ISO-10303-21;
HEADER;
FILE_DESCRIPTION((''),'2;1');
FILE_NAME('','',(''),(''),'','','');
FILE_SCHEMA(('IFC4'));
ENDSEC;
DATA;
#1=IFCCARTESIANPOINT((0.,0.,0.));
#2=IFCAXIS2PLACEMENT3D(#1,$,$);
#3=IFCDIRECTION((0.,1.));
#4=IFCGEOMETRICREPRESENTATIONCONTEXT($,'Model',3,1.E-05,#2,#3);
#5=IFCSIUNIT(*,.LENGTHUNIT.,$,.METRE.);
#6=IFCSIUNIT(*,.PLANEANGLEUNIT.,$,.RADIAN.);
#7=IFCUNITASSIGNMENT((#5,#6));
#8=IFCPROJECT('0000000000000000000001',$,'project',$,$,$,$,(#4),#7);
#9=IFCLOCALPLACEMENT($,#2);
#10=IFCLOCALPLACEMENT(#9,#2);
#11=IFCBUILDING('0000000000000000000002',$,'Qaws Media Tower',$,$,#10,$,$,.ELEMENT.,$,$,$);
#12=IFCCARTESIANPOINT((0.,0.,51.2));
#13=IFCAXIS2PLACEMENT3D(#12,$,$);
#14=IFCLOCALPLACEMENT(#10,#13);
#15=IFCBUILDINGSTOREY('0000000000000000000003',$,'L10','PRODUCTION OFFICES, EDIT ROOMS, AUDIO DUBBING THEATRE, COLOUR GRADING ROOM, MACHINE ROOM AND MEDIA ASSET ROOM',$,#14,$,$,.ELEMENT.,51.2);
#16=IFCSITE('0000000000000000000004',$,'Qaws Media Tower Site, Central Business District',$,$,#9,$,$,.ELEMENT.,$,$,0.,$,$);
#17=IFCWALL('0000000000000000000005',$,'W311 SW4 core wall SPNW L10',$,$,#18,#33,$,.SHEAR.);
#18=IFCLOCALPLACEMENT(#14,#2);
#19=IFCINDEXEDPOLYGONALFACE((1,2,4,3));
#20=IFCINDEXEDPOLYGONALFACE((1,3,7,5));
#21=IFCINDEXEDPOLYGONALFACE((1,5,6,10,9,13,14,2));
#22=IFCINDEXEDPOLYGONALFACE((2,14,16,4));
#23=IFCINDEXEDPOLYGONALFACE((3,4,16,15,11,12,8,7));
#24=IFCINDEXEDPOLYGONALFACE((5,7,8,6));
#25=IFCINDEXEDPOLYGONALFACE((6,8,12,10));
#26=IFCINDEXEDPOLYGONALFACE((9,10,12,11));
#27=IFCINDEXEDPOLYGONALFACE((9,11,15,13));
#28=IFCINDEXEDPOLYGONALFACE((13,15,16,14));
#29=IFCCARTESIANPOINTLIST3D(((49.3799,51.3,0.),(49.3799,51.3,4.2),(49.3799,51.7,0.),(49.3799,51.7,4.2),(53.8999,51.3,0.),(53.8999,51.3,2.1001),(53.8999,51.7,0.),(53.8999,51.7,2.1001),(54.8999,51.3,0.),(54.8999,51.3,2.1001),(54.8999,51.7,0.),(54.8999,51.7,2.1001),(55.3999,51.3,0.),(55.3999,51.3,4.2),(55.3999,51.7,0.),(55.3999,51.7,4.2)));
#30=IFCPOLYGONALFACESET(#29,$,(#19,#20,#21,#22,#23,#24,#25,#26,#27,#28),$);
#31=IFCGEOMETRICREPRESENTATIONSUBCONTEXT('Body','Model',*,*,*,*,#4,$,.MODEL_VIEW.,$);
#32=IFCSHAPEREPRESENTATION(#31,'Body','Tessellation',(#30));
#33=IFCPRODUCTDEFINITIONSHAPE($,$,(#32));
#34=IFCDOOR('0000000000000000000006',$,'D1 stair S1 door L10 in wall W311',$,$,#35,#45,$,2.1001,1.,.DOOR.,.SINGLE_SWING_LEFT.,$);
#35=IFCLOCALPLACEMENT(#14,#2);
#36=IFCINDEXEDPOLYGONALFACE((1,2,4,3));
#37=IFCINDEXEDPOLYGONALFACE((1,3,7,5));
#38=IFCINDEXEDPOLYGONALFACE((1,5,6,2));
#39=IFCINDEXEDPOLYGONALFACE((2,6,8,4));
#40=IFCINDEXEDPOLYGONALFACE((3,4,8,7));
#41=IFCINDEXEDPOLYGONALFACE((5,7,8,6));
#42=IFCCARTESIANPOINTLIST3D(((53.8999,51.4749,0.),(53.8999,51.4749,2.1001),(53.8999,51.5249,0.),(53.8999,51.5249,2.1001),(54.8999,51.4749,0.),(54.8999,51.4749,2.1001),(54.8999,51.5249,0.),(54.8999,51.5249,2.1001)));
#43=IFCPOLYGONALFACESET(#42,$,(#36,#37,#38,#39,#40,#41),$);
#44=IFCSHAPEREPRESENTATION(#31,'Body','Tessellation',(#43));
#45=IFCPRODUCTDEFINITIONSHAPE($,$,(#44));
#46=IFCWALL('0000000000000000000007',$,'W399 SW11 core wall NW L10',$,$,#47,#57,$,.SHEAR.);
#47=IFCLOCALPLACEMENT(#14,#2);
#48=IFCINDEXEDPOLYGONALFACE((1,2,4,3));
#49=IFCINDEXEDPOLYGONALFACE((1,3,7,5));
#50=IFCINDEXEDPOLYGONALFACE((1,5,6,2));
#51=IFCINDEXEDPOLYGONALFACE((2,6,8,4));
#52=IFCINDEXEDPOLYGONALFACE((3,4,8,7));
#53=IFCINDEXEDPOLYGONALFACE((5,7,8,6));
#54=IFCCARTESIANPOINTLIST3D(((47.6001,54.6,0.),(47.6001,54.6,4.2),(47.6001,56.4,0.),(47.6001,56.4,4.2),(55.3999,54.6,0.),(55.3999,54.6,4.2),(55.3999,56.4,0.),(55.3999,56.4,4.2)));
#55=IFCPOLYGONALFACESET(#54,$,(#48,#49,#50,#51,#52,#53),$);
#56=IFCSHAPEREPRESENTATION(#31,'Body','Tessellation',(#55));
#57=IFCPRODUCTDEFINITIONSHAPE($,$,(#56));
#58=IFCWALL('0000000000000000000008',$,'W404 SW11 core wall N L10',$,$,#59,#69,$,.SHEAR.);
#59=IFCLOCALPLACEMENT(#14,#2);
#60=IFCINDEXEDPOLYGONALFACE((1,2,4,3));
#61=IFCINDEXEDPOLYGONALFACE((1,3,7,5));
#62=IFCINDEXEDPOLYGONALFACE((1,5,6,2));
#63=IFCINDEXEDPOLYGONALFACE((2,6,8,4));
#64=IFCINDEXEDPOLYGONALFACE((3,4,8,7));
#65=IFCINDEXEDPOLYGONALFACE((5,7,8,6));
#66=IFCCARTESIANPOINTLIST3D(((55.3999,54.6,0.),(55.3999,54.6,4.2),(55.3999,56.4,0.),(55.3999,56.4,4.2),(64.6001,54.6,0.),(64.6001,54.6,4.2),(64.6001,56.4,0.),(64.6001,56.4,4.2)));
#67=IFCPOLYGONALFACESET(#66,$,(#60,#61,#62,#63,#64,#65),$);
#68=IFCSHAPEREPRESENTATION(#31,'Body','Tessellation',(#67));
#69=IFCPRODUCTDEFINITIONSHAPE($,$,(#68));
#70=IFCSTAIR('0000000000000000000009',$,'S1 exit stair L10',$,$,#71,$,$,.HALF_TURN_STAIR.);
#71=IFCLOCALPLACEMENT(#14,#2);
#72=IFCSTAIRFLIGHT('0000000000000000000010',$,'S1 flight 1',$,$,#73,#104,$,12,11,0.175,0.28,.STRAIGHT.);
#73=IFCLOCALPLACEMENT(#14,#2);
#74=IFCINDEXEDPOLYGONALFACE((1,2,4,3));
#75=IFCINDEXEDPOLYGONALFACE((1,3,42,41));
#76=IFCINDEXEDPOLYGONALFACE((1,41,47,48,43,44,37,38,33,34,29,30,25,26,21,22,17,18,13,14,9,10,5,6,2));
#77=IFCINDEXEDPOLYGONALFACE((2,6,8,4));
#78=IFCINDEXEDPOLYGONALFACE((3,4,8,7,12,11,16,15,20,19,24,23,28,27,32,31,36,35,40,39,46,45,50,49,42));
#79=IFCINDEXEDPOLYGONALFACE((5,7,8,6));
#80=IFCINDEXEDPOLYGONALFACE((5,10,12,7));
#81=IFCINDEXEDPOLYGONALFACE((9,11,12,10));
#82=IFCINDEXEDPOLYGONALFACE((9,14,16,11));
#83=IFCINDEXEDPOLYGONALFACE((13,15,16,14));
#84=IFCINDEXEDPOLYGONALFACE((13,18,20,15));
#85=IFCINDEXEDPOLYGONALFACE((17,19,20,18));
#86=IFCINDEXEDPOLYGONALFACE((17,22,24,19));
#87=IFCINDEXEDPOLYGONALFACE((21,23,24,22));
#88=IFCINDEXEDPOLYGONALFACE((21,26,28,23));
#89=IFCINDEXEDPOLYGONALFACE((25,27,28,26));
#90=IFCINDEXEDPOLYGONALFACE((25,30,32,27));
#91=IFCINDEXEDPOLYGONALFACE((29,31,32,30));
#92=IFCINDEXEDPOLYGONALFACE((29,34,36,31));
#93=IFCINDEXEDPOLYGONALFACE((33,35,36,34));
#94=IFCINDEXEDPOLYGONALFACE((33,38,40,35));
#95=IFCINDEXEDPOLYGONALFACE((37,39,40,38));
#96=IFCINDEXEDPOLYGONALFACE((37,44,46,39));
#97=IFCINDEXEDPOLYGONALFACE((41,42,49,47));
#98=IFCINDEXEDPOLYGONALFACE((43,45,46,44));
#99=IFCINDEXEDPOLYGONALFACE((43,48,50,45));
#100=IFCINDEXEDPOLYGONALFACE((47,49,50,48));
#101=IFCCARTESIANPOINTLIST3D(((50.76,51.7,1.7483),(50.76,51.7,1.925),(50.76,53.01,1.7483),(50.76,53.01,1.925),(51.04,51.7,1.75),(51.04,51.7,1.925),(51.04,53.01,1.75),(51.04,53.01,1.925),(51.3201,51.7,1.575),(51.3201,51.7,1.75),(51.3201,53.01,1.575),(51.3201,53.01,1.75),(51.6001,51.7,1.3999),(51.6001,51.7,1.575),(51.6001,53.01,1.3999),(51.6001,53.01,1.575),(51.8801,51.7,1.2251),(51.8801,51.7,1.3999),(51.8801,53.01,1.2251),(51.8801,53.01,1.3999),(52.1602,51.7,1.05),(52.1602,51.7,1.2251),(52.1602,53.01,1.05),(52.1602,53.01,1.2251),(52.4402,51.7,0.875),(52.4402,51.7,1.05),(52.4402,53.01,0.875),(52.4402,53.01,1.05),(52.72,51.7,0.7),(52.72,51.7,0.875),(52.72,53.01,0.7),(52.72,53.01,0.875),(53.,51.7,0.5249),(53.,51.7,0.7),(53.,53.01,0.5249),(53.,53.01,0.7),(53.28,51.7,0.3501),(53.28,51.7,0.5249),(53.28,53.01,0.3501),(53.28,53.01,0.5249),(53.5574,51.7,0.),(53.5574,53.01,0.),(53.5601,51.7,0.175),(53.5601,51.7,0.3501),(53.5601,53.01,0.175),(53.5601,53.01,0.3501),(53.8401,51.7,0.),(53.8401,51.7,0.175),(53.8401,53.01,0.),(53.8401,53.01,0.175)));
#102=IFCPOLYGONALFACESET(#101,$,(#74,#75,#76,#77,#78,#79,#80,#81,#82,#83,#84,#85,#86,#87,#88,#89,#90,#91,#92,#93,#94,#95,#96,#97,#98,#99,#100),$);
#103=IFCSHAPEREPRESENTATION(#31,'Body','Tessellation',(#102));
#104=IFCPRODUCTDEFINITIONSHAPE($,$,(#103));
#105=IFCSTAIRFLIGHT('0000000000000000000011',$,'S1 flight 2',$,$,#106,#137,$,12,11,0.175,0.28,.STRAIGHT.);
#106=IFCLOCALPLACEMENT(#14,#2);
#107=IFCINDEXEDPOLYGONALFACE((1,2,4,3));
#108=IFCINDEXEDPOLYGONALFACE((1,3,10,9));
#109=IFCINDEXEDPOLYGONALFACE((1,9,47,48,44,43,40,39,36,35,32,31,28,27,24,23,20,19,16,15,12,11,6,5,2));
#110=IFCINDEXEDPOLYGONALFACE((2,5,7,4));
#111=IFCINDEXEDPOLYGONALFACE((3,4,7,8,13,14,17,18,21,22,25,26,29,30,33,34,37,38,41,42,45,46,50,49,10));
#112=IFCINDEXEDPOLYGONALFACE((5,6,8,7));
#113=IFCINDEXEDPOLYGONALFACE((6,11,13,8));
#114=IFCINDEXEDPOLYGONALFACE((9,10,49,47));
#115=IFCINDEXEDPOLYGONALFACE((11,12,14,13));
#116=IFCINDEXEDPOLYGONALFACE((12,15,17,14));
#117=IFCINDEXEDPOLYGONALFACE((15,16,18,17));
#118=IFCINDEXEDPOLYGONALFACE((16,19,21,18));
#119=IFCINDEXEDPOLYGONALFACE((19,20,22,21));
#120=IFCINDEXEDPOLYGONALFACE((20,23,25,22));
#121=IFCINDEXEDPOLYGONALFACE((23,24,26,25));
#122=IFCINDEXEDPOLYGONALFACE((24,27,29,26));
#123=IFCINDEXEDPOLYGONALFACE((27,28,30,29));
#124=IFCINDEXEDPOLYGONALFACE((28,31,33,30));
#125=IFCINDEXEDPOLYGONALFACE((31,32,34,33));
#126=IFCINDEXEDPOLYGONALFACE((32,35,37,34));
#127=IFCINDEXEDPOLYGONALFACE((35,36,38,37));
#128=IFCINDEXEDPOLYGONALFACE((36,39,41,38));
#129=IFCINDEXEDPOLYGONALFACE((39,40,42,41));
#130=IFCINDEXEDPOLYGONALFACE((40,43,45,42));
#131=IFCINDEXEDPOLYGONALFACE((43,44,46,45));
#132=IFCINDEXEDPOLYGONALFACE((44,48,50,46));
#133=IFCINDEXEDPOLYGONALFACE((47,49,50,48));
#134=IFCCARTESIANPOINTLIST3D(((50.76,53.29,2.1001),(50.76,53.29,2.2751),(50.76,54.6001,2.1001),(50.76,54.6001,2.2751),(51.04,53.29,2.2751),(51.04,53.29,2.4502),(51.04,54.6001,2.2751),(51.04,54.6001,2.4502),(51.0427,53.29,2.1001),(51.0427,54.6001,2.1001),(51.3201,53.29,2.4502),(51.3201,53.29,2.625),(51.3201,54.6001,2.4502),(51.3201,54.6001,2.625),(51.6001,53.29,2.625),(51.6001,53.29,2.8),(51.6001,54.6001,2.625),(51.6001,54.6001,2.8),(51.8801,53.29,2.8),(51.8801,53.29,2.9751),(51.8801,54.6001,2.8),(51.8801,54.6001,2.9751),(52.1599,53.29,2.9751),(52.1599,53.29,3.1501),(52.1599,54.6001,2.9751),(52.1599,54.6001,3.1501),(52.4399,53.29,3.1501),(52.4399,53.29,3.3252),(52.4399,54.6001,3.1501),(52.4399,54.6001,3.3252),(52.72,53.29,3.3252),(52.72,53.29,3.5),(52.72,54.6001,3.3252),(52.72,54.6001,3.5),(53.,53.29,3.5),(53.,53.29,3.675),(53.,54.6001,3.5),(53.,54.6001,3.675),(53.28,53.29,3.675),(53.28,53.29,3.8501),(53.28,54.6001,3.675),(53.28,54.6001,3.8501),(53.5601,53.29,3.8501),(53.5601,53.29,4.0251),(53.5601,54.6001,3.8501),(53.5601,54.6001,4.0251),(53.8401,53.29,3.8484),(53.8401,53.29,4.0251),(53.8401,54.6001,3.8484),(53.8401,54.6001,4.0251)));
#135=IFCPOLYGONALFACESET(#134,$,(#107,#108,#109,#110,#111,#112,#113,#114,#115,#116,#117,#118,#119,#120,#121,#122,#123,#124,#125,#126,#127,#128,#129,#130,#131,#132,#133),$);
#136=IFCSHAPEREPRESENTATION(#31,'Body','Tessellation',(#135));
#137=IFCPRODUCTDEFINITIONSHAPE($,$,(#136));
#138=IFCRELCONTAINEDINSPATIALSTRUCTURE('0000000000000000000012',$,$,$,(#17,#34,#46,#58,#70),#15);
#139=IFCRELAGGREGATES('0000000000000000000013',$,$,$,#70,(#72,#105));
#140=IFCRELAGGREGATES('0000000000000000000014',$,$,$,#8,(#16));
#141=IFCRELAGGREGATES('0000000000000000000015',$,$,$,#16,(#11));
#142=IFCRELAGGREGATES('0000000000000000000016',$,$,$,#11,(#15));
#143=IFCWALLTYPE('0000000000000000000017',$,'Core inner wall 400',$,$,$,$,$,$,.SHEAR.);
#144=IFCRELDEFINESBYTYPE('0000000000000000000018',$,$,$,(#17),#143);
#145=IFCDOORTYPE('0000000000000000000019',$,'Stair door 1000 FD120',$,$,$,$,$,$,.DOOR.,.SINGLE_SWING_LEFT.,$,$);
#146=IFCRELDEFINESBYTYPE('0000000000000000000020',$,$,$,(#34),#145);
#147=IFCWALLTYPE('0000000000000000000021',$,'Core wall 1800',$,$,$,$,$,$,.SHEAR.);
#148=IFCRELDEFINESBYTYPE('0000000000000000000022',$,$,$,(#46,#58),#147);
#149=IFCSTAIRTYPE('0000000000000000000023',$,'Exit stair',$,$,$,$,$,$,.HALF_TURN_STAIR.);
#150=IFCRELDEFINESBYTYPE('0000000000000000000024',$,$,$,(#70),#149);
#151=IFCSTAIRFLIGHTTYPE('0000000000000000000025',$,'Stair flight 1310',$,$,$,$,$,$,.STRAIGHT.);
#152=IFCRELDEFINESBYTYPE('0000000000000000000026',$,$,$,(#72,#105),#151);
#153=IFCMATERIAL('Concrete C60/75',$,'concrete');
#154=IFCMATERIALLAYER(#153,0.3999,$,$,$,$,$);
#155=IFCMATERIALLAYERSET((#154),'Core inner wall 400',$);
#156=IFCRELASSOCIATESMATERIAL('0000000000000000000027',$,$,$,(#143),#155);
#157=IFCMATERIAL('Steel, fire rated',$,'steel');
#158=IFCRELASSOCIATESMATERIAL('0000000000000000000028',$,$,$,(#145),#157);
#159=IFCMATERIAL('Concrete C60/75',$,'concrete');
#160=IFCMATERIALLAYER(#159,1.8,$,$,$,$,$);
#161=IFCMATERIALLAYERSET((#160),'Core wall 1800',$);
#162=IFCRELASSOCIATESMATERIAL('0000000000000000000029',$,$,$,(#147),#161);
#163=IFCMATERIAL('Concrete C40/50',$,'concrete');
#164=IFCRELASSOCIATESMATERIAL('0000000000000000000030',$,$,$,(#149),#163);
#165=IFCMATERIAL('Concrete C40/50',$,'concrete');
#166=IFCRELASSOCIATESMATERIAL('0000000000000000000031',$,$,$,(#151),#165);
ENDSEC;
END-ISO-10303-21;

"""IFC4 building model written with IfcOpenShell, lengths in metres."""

from ifc_helpers import new_model, si_unit, direction, frame, frame_2d, origin, place, context, subcontext, project, spatial, polyline, rectangle, outline, extrude, material, layer, layer_set, type_object, element, fill, aggregate, save


model = new_model("IFC4")

# Units and contexts
model_context = context("Model", 3, precision=1e-05, world=origin(), true_north=direction((0.0, 1.0)))
body_context = subcontext(model_context, "Body", "Model", "MODEL_VIEW")
ifc_project = project(units=[si_unit("LENGTHUNIT", "METRE"), si_unit("PLANEANGLEUNIT", "RADIAN")], contexts=[model_context])

# Site, building, storey
site_placement = place(None, origin())
site = spatial("IfcSite", under=ifc_project, at=site_placement, Name="Qaws Media Tower Site, Central Business District", CompositionType="ELEMENT", RefElevation=0.0)
building_placement = place(site_placement, origin())
building = spatial("IfcBuilding", under=site, at=building_placement, Name="Qaws Media Tower", CompositionType="ELEMENT")
storey_placement = place(building_placement, frame((0.0, 0.0, 51.2)))
storey = spatial("IfcBuildingStorey", under=building, at=storey_placement, Name="L10", Description="PRODUCTION OFFICES, EDIT ROOMS, AUDIO DUBBING THEATRE, COLOUR GRADING ROOM, MACHINE ROOM AND MEDIA ASSET ROOM", CompositionType="ELEMENT", Elevation=51.2)

# Wall, opening, door
ifc_material_1 = material(Name="Concrete C60/75", Category="concrete")
ifc_layer_1 = layer(ifc_material_1, 0.3999)
ifc_layer_set_1 = layer_set([ifc_layer_1], Name="Core inner wall 400")
wall_type_1 = type_object("IfcWallType", Name="Core inner wall 400", PredefinedType="SHEAR", material=ifc_layer_set_1)
wall_1_placement = place(storey_placement, frame((49.3799, 51.5, 0.0), z_axis=(0.0, 0.0, 1.0), x_axis=(1.0, 0.0, 0.0)))
wall_1 = element("IfcWall", 1, at=wall_1_placement, inside=storey, type_object=wall_type_1, Name="W311 SW4 core wall SPNW L10", PredefinedType="SHEAR", context=body_context, shape_type="SweptSolid", body=[
    extrude(rectangle(XDim=6.02, YDim=0.3999, at=frame_2d((3.01, 0.0))), origin(), (0.0, 0.0, 1.0), 4.2),
])
opening_placement = place(wall_1_placement, frame((4.52, 0.0, 0.0)))
opening = element("IfcOpeningElement", 2, at=opening_placement, cuts=wall_1, PredefinedType="OPENING", context=body_context, shape_type="SweptSolid", body=[
    extrude(rectangle(XDim=1.0, YDim=2.1001, at=frame_2d((0.5, 1.05))), frame((0.0, 0.21, 0.0), z_axis=(0.0, -1.0, 0.0), x_axis=(1.0, 0.0, 0.0)), (0.0, 0.0, 1.0), 0.4199),
])
ifc_material_2 = material(Name="Steel, fire rated", Category="steel")
door_type = type_object("IfcDoorType", Name="Stair door 1000 FD120", OperationType="SINGLE_SWING_LEFT", PredefinedType="DOOR", material=ifc_material_2)
door_placement = place(opening_placement, origin())
door = element("IfcDoor", 3, at=door_placement, inside=storey, type_object=door_type, Name="D1 stair S1 door L10 in wall W311", OperationType="SINGLE_SWING_LEFT", OverallHeight=2.1001, OverallWidth=1.0, PredefinedType="DOOR", context=body_context, shape_type="SweptSolid", body=[
    extrude(rectangle(XDim=1.0, YDim=2.1001, at=frame_2d((0.5, 1.05))), frame((0.0, 0.0249, 0.0), z_axis=(0.0, -1.0, 0.0), x_axis=(1.0, 0.0, 0.0)), (0.0, 0.0, 1.0), 0.05),
])
fill(opening, door)

# Walls
ifc_material_3 = material(Name="Concrete C60/75", Category="concrete")
ifc_layer_2 = layer(ifc_material_3, 1.8)
ifc_layer_set_2 = layer_set([ifc_layer_2], Name="Core wall 1800")
wall_type_2 = type_object("IfcWallType", Name="Core wall 1800", PredefinedType="SHEAR", material=ifc_layer_set_2)
wall_2_placement = place(storey_placement, frame((47.6001, 55.5, 0.0), z_axis=(0.0, 0.0, 1.0), x_axis=(1.0, 0.0, 0.0)))
element("IfcWall", 4, at=wall_2_placement, inside=storey, type_object=wall_type_2, Name="W399 SW11 core wall NW L10", PredefinedType="SHEAR", context=body_context, shape_type="SweptSolid", body=[
    extrude(rectangle(XDim=7.7998, YDim=1.8, at=frame_2d((3.8999, 0.0))), origin(), (0.0, 0.0, 1.0), 4.2),
])
wall_3_placement = place(storey_placement, frame((55.3999, 55.5, 0.0), z_axis=(0.0, 0.0, 1.0), x_axis=(1.0, 0.0, 0.0)))
element("IfcWall", 5, at=wall_3_placement, inside=storey, type_object=wall_type_2, Name="W404 SW11 core wall N L10", PredefinedType="SHEAR", context=body_context, shape_type="SweptSolid", body=[
    extrude(rectangle(XDim=9.2002, YDim=1.8, at=frame_2d((4.6001, 0.0))), origin(), (0.0, 0.0, 1.0), 4.2),
])

# Stair, stair flights
ifc_material_4 = material(Name="Concrete C40/50", Category="concrete")
stair_type = type_object("IfcStairType", Name="Exit stair", PredefinedType="HALF_TURN_STAIR", material=ifc_material_4)
stair_placement = place(storey_placement, origin())
stair = element("IfcStair", 6, at=stair_placement, inside=storey, type_object=stair_type, Name="S1 exit stair L10", PredefinedType="HALF_TURN_STAIR")
ifc_material_5 = material(Name="Concrete C40/50", Category="concrete")
stair_flight_type = type_object("IfcStairFlightType", Name="Stair flight 1310", PredefinedType="STRAIGHT", material=ifc_material_5)
stair_flight_1_placement = place(storey_placement, frame((53.8401, 52.355, 0.0), z_axis=(0.0, 0.0, 1.0), x_axis=(-1.0, 0.0, 0.0)))
stair_flight_1 = element("IfcStairFlight", 7, at=stair_flight_1_placement, type_object=stair_flight_type, Name="S1 flight 1", NumberOfRisers=12, NumberOfTreads=11, PredefinedType="STRAIGHT", RiserHeight=0.175, TreadLength=0.28, context=body_context, shape_type="SweptSolid", body=[
    extrude(outline(polyline([(0.0, 0.0), (0.0, 0.175), (0.28, 0.175), (0.28, 0.3501), (0.5601, 0.3501), (0.5601, 0.5249), (0.8401, 0.5249), (0.8401, 0.7), (1.1201, 0.7), (1.1201, 0.875), (1.3999, 0.875), (1.3999, 1.05), (1.6799, 1.05), (1.6799, 1.2251), (1.96, 1.2251), (1.96, 1.3999), (2.24, 1.3999), (2.24, 1.575), (2.52, 1.575), (2.52, 1.75), (2.8, 1.75), (2.8, 1.925), (3.0801, 1.925), (3.0801, 2.1001), (3.0801, 1.7483), (0.2827, 0.0), (0.0, 0.0)])), frame((0.0, 0.655, 0.0), z_axis=(0.0, -1.0, 0.0), x_axis=(1.0, 0.0, 0.0)), (0.0, 0.0, 1.0), 1.3101),
])
stair_flight_2_placement = place(storey_placement, frame((50.76, 53.9451, 2.1001), z_axis=(0.0, 0.0, 1.0), x_axis=(1.0, 0.0, 0.0)))
stair_flight_2 = element("IfcStairFlight", 8, at=stair_flight_2_placement, type_object=stair_flight_type, Name="S1 flight 2", NumberOfRisers=12, NumberOfTreads=11, PredefinedType="STRAIGHT", RiserHeight=0.175, TreadLength=0.28, context=body_context, shape_type="SweptSolid", body=[
    extrude(outline(polyline([(0.0, 0.0), (0.0, 0.175), (0.28, 0.175), (0.28, 0.3501), (0.5601, 0.3501), (0.5601, 0.5249), (0.8401, 0.5249), (0.8401, 0.7), (1.1201, 0.7), (1.1201, 0.875), (1.3999, 0.875), (1.3999, 1.05), (1.6799, 1.05), (1.6799, 1.2251), (1.96, 1.2251), (1.96, 1.3999), (2.24, 1.3999), (2.24, 1.575), (2.52, 1.575), (2.52, 1.75), (2.8, 1.75), (2.8, 1.925), (3.0801, 1.925), (3.0801, 2.1001), (3.0801, 1.7483), (0.2827, 0.0), (0.0, 0.0)])), frame((0.0, 0.655, 0.0), z_axis=(0.0, -1.0, 0.0), x_axis=(1.0, 0.0, 0.0)), (0.0, 0.0, 1.0), 1.3101),
])
aggregate(stair, [stair_flight_1, stair_flight_2])

save(model, "model.ifc")
